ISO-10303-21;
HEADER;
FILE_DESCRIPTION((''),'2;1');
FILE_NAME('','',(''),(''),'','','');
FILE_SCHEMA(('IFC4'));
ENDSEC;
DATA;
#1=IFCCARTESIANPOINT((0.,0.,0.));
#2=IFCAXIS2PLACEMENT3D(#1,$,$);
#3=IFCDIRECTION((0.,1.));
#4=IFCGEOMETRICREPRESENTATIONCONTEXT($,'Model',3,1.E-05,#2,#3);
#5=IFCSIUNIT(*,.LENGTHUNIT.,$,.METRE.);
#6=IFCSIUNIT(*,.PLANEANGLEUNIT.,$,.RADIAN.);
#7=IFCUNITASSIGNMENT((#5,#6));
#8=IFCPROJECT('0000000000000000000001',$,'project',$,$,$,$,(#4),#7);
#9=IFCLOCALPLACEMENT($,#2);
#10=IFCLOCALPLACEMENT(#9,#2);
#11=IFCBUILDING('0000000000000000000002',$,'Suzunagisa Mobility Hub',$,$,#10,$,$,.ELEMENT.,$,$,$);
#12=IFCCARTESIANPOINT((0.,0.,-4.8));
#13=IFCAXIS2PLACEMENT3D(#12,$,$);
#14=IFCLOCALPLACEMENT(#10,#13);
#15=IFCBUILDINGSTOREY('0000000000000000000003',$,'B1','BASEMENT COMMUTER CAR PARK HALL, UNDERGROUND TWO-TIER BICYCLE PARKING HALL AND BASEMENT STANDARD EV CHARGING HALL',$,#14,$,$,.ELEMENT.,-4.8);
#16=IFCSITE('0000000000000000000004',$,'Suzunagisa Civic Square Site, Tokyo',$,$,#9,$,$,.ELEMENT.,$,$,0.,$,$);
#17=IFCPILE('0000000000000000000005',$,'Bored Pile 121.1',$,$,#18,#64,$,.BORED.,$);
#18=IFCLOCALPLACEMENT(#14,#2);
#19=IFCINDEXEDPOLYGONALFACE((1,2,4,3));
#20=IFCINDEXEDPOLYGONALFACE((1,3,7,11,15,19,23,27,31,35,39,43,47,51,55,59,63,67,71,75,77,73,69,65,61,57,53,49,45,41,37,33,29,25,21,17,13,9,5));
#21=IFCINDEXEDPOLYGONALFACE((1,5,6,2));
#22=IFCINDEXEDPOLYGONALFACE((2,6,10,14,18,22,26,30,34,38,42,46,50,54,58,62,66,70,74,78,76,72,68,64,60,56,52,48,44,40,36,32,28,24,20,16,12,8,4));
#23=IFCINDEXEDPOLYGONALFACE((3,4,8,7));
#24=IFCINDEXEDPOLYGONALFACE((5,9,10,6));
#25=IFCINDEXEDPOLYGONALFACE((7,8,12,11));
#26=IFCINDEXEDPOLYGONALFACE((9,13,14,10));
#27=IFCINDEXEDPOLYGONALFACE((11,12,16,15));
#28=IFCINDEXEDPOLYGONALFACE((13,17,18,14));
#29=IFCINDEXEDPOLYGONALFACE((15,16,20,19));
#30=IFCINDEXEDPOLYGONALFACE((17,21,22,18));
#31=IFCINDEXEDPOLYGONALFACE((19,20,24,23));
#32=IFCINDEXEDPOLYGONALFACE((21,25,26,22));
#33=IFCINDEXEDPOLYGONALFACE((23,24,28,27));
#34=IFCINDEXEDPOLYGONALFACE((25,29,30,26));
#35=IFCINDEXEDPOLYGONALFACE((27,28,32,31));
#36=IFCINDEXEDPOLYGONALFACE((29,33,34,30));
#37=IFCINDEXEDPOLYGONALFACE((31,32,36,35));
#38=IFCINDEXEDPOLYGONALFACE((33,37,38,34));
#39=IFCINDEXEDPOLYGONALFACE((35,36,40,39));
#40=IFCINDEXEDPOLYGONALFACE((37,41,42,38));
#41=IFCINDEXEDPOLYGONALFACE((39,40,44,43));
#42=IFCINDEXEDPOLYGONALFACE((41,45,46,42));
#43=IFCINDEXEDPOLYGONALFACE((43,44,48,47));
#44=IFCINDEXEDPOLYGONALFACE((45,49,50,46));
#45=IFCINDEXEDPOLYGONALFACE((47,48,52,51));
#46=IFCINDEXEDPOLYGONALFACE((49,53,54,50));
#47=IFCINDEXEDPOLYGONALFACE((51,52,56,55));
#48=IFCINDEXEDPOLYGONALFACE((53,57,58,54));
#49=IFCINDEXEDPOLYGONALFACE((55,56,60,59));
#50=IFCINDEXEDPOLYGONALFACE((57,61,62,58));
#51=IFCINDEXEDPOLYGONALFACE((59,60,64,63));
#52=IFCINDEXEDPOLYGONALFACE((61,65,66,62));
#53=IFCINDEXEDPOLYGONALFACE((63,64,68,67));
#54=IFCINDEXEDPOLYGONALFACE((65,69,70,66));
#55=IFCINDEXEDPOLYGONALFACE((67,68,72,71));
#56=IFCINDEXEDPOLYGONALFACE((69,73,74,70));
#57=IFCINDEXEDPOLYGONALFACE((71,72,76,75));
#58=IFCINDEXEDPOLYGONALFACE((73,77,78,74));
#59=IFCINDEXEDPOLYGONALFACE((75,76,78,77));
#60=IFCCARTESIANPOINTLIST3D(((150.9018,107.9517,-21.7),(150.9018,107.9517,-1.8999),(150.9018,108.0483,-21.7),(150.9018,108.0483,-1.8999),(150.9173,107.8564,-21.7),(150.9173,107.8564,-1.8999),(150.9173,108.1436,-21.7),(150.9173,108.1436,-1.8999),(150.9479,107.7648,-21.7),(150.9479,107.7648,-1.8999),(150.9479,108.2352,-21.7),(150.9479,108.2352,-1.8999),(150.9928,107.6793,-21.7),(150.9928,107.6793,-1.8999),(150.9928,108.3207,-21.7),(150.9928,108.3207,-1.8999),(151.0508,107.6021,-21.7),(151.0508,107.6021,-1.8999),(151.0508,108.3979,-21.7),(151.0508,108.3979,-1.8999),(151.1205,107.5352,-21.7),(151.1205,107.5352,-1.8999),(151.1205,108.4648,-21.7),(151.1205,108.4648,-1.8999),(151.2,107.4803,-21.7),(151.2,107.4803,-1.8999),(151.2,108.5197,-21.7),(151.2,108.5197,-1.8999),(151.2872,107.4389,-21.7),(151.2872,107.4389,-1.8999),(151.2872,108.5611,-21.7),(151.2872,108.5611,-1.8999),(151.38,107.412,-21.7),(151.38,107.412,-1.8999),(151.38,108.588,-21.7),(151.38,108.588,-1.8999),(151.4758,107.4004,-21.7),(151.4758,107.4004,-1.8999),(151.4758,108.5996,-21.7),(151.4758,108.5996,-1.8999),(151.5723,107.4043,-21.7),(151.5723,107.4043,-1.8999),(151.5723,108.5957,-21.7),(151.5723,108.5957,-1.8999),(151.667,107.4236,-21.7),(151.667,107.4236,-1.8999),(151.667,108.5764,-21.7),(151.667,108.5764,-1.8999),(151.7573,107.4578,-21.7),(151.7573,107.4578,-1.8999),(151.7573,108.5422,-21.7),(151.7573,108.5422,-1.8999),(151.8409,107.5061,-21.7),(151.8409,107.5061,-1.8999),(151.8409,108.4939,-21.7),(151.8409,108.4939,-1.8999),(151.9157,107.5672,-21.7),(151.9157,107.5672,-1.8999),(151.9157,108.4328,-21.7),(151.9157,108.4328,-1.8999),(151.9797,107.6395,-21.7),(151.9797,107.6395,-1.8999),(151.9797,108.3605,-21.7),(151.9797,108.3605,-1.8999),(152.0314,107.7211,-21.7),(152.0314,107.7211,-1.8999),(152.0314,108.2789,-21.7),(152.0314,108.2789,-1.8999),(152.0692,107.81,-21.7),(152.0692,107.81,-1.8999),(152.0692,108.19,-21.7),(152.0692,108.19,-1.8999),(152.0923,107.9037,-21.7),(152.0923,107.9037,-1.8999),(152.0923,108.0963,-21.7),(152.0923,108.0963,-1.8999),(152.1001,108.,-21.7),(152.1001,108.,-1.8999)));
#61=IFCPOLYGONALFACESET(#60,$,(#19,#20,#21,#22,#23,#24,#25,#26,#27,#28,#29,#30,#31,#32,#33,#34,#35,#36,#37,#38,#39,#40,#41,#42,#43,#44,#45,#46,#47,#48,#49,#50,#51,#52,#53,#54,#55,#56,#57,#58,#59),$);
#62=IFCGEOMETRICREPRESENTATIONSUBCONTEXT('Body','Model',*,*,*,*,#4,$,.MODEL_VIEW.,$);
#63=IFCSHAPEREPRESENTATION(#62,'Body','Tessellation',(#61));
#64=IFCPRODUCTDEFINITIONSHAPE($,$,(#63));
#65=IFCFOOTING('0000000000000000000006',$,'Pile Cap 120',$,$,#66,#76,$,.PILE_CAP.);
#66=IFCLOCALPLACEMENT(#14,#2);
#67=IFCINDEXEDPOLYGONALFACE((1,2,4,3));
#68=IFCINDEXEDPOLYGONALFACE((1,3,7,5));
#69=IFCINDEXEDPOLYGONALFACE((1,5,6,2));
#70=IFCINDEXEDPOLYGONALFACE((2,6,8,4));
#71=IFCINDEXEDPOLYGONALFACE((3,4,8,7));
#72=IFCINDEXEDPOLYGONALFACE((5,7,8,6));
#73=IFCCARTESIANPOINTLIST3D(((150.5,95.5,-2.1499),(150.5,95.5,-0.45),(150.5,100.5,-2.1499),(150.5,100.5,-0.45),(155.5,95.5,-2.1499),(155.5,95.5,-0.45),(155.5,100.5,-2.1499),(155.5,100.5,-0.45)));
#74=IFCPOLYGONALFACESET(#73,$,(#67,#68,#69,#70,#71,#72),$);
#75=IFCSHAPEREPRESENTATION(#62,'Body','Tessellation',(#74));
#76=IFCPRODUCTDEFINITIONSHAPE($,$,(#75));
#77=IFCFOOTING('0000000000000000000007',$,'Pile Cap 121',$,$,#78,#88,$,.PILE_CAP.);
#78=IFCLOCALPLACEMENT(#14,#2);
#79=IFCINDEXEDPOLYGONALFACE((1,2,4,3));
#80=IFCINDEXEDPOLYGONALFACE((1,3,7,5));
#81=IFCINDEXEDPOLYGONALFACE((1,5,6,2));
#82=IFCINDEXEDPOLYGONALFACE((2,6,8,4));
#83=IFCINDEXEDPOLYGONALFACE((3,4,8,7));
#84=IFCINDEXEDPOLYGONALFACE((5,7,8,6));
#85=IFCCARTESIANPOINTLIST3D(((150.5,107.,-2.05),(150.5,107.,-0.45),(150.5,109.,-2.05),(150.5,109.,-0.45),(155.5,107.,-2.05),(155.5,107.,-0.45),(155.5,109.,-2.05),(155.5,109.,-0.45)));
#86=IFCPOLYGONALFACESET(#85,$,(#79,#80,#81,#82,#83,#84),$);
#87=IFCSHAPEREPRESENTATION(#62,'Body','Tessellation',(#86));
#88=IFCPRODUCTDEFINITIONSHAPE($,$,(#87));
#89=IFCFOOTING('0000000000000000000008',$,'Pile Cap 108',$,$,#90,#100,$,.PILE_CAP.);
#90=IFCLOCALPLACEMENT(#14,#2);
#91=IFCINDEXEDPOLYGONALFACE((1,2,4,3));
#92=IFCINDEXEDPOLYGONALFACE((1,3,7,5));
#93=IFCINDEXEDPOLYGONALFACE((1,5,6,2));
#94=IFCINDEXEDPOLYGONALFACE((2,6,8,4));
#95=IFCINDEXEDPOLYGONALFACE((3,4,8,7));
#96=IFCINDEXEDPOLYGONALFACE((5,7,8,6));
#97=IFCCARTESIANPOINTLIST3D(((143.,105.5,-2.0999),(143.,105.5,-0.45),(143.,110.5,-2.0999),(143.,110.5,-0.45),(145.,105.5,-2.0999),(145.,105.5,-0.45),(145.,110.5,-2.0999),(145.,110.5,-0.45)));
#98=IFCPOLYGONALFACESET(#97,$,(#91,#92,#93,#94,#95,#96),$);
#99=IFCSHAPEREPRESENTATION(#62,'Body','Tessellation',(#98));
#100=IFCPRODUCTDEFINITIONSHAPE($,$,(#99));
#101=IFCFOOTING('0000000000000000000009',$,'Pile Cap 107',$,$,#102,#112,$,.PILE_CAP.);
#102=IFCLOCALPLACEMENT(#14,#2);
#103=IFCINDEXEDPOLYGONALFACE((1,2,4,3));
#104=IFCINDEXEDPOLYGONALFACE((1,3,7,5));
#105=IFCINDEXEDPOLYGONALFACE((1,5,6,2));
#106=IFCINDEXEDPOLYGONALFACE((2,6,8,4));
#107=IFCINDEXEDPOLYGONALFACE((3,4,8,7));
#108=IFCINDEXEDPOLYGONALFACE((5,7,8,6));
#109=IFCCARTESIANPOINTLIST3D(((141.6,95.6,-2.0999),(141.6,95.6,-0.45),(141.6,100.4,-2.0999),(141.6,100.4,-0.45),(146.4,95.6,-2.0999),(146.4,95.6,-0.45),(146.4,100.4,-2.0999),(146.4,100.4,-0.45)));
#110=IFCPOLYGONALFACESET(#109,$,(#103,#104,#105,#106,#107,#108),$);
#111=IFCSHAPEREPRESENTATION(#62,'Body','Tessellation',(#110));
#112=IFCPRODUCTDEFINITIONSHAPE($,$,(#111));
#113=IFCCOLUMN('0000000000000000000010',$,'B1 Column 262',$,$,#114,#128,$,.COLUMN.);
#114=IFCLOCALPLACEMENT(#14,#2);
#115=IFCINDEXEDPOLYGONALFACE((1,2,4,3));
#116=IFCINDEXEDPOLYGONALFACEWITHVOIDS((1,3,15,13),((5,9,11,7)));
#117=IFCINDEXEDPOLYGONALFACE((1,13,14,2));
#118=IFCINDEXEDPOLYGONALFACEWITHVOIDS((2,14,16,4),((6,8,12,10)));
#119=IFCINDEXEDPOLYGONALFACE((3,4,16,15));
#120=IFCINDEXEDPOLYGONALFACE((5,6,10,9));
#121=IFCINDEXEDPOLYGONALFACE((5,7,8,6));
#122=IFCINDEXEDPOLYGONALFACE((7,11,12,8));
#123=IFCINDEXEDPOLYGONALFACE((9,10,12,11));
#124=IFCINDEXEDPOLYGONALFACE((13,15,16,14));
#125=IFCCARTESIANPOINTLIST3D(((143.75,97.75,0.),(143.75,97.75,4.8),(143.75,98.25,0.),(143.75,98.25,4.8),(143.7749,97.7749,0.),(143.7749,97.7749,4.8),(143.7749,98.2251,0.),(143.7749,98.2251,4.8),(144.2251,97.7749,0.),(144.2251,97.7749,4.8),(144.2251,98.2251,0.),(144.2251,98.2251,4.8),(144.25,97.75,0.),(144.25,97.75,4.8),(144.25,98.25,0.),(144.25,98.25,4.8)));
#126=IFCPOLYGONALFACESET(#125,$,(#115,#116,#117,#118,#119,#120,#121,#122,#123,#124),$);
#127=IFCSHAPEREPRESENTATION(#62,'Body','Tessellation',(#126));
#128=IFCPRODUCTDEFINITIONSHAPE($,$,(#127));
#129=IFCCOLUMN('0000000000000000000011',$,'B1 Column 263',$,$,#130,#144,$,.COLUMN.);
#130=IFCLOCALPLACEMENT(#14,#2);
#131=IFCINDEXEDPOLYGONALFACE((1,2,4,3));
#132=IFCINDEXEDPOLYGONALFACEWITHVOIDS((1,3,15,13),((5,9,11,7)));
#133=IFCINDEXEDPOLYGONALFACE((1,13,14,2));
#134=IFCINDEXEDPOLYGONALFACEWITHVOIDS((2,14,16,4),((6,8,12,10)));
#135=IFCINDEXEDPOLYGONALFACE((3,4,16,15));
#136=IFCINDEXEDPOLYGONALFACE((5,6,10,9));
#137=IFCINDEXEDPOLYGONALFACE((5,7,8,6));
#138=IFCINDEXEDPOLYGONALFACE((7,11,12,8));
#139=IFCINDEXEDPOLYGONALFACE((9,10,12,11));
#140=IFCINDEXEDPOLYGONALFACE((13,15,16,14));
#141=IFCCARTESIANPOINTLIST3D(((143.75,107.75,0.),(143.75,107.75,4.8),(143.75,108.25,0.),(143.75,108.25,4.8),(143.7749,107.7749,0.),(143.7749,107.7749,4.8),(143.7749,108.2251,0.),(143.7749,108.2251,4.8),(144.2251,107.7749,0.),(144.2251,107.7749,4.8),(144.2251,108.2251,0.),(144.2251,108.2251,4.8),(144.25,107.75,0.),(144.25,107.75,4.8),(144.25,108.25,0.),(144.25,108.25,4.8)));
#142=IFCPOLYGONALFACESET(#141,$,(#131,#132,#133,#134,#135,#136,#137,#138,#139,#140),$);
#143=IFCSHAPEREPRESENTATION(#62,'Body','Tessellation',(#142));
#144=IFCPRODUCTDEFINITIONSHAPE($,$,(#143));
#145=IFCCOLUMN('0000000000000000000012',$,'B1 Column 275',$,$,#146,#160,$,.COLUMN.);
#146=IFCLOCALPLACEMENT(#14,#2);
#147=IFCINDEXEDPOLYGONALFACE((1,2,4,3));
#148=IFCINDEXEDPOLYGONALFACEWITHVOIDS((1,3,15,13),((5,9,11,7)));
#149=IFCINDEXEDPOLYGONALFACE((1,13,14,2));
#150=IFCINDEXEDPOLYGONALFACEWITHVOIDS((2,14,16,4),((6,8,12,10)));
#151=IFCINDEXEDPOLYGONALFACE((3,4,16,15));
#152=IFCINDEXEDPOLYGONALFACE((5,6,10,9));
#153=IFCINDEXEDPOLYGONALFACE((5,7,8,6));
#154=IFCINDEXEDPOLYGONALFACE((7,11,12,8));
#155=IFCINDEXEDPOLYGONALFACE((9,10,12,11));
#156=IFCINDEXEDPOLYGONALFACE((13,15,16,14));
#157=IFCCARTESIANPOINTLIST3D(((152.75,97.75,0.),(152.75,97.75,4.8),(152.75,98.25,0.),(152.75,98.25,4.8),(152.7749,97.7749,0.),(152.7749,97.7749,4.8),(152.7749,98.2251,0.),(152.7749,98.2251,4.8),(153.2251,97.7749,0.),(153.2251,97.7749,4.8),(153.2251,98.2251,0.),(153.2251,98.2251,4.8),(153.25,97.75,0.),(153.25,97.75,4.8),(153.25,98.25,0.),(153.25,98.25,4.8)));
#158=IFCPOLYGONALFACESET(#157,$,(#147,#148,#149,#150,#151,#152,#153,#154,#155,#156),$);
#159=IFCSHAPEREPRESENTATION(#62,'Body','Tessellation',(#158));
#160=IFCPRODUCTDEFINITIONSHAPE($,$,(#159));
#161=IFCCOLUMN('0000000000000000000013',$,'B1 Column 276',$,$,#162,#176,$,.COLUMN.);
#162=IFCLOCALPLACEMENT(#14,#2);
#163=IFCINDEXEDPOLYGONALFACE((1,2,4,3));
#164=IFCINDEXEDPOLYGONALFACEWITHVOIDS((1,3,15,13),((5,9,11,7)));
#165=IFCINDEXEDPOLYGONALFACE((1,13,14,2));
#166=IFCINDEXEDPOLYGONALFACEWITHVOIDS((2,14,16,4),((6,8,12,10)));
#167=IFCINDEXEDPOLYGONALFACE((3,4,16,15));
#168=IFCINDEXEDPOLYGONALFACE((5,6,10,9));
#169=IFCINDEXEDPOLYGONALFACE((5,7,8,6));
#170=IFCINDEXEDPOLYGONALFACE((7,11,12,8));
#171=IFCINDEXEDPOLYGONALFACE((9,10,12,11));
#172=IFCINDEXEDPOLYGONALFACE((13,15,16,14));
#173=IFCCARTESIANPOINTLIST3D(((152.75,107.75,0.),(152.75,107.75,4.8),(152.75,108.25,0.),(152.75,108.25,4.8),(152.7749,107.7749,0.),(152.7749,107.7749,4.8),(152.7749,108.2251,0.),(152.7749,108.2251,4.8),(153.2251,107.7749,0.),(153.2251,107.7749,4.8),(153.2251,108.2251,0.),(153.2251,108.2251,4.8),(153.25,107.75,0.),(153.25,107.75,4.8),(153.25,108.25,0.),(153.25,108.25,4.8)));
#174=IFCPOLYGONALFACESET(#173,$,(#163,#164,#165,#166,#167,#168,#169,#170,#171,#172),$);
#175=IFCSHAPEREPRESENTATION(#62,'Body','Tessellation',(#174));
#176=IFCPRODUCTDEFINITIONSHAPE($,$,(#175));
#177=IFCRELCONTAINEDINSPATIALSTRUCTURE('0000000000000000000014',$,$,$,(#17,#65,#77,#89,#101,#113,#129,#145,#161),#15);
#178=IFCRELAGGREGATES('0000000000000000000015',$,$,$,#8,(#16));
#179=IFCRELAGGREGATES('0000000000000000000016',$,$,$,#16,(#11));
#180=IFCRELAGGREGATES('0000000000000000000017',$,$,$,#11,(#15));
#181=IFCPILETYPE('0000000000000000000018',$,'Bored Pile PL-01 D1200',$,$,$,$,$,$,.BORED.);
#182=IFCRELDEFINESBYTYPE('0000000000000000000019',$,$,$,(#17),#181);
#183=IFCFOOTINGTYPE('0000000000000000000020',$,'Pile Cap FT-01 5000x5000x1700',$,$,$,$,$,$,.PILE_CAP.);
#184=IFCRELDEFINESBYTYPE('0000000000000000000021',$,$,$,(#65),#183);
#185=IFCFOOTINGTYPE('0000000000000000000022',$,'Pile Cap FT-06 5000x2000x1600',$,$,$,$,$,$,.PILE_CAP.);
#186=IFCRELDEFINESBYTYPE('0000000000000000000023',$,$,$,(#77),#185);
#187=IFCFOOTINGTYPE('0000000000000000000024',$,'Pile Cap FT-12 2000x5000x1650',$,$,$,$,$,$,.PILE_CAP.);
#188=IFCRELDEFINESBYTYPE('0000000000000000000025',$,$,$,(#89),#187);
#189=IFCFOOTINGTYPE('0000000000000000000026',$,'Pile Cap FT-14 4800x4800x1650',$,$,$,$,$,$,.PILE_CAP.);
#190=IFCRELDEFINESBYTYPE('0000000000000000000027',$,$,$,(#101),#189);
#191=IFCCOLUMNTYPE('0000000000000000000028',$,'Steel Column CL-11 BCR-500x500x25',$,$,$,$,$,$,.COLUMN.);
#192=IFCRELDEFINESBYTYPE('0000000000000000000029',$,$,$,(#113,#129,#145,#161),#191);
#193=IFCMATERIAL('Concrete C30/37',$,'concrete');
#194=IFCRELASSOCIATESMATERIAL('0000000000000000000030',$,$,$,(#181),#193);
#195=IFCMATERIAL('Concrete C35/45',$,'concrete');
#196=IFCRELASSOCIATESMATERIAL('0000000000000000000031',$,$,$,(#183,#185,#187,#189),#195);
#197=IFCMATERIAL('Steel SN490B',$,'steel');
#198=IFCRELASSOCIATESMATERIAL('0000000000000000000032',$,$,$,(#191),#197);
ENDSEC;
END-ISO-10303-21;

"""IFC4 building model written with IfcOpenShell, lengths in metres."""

from ifc_helpers import new_model, si_unit, direction, frame, origin, origin_2d, place, context, subcontext, project, spatial, rectangle, hollow_rectangle, circle, extrude, material, material_profile, profile_set, type_object, element, save


model = new_model("IFC4")

# Units and contexts
model_context = context("Model", 3, precision=1e-05, world=origin(), true_north=direction((0.0, 1.0)))
body_context = subcontext(model_context, "Body", "Model", "MODEL_VIEW")
ifc_project = project(units=[si_unit("LENGTHUNIT", "METRE"), si_unit("PLANEANGLEUNIT", "RADIAN")], contexts=[model_context])

# Site, building, storey
site_placement = place(None, origin())
site = spatial("IfcSite", under=ifc_project, at=site_placement, Name="Suzunagisa Civic Square Site, Tokyo", CompositionType="ELEMENT", RefElevation=0.0)
building_placement = place(site_placement, origin())
building = spatial("IfcBuilding", under=site, at=building_placement, Name="Suzunagisa Mobility Hub", CompositionType="ELEMENT")
storey_placement = place(building_placement, frame((0.0, 0.0, -4.8)))
storey = spatial("IfcBuildingStorey", under=building, at=storey_placement, Name="B1", Description="BASEMENT COMMUTER CAR PARK HALL, UNDERGROUND TWO-TIER BICYCLE PARKING HALL AND BASEMENT STANDARD EV CHARGING HALL", CompositionType="ELEMENT", Elevation=-4.8)

# Pile
ifc_material_1 = material(Name="Concrete C30/37", Category="concrete")
ifc_material_profile_1 = material_profile(ifc_material_1, circle(Radius=0.6001, at=origin_2d()), Name="BORED PILE D1200")
ifc_profile_set_1 = profile_set([ifc_material_profile_1], Name="Concrete C30/37")
pile_type = type_object("IfcPileType", Name="Bored Pile PL-01 D1200", PredefinedType="BORED", material=ifc_profile_set_1)
pile_1_placement = place(storey_placement, frame((151.5, 108.0, -1.8999), z_axis=(0.0, 0.0, -1.0), x_axis=(1.0, 0.0, 0.0)))
element("IfcPile", 1, at=pile_1_placement, inside=storey, type_object=pile_type, Name="Bored Pile 121.1", PredefinedType="BORED", context=body_context, shape_type="SweptSolid", body=[
    extrude(circle(Radius=0.6001, at=origin_2d()), origin(), (0.0, 0.0, 1.0), 19.8),
])

# Footings
ifc_material_2 = material(Name="Concrete C35/45", Category="concrete")
footing_type_1 = type_object("IfcFootingType", Name="Pile Cap FT-01 5000x5000x1700", PredefinedType="PILE_CAP", material=ifc_material_2)
footing_1_placement = place(storey_placement, frame((153.0, 98.0, -2.1499), z_axis=(0.0, 0.0, 1.0), x_axis=(1.0, 0.0, 0.0)))
element("IfcFooting", 2, at=footing_1_placement, inside=storey, type_object=footing_type_1, Name="Pile Cap 120", PredefinedType="PILE_CAP", context=body_context, shape_type="SweptSolid", body=[
    extrude(rectangle(XDim=5.0, YDim=5.0, at=origin_2d()), origin(), (0.0, 0.0, 1.0), 1.7),
])
footing_type_2 = type_object("IfcFootingType", Name="Pile Cap FT-06 5000x2000x1600", PredefinedType="PILE_CAP", material=ifc_material_2)
footing_2_placement = place(storey_placement, frame((153.0, 108.0, -2.05), z_axis=(0.0, 0.0, 1.0), x_axis=(1.0, 0.0, 0.0)))
element("IfcFooting", 3, at=footing_2_placement, inside=storey, type_object=footing_type_2, Name="Pile Cap 121", PredefinedType="PILE_CAP", context=body_context, shape_type="SweptSolid", body=[
    extrude(rectangle(XDim=5.0, YDim=2.0, at=origin_2d()), origin(), (0.0, 0.0, 1.0), 1.6001),
])
footing_type_3 = type_object("IfcFootingType", Name="Pile Cap FT-12 2000x5000x1650", PredefinedType="PILE_CAP", material=ifc_material_2)
footing_3_placement = place(storey_placement, frame((144.0, 108.0, -2.0999), z_axis=(0.0, 0.0, 1.0), x_axis=(1.0, 0.0, 0.0)))
element("IfcFooting", 4, at=footing_3_placement, inside=storey, type_object=footing_type_3, Name="Pile Cap 108", PredefinedType="PILE_CAP", context=body_context, shape_type="SweptSolid", body=[
    extrude(rectangle(XDim=2.0, YDim=5.0, at=origin_2d()), origin(), (0.0, 0.0, 1.0), 1.6499),
])
footing_type_4 = type_object("IfcFootingType", Name="Pile Cap FT-14 4800x4800x1650", PredefinedType="PILE_CAP", material=ifc_material_2)
footing_4_placement = place(storey_placement, frame((144.0, 98.0, -2.0999), z_axis=(0.0, 0.0, 1.0), x_axis=(1.0, 0.0, 0.0)))
element("IfcFooting", 5, at=footing_4_placement, inside=storey, type_object=footing_type_4, Name="Pile Cap 107", PredefinedType="PILE_CAP", context=body_context, shape_type="SweptSolid", body=[
    extrude(rectangle(XDim=4.8, YDim=4.8, at=origin_2d()), origin(), (0.0, 0.0, 1.0), 1.6499),
])

# Columns
ifc_material_3 = material(Name="Steel SN490B", Category="steel")
ifc_material_profile_2 = material_profile(ifc_material_3, hollow_rectangle(XDim=0.5, YDim=0.5, WallThickness=0.0249, at=origin_2d()), Name="BCR-500x500x25")
ifc_profile_set_2 = profile_set([ifc_material_profile_2], Name="Steel SN490B")
column_type = type_object("IfcColumnType", Name="Steel Column CL-11 BCR-500x500x25", PredefinedType="COLUMN", material=ifc_profile_set_2)
for number, where, z_axis, x_axis, name in (
    (6, (144.0, 98.0, 0.0), (0.0, 0.0, 1.0), (1.0, 0.0, 0.0), "B1 Column 262"),
    (7, (144.0, 108.0, 0.0), (0.0, 0.0, 1.0), (1.0, 0.0, 0.0), "B1 Column 263"),
    (8, (153.0, 98.0, 0.0), (0.0, 0.0, 1.0), (1.0, 0.0, 0.0), "B1 Column 275"),
    (9, (153.0, 108.0, 0.0), (0.0, 0.0, 1.0), (1.0, 0.0, 0.0), "B1 Column 276"),
):
    element("IfcColumn", number, at=place(storey_placement, frame(where, z_axis=z_axis, x_axis=x_axis)), inside=storey, type_object=column_type, Name=name, PredefinedType="COLUMN", context=body_context, shape_type="SweptSolid", body=[
        extrude(hollow_rectangle(XDim=0.5, YDim=0.5, WallThickness=0.0249, at=origin_2d()), origin(), (0.0, 0.0, 1.0), 4.8),
    ])

save(model, "model.ifc")
